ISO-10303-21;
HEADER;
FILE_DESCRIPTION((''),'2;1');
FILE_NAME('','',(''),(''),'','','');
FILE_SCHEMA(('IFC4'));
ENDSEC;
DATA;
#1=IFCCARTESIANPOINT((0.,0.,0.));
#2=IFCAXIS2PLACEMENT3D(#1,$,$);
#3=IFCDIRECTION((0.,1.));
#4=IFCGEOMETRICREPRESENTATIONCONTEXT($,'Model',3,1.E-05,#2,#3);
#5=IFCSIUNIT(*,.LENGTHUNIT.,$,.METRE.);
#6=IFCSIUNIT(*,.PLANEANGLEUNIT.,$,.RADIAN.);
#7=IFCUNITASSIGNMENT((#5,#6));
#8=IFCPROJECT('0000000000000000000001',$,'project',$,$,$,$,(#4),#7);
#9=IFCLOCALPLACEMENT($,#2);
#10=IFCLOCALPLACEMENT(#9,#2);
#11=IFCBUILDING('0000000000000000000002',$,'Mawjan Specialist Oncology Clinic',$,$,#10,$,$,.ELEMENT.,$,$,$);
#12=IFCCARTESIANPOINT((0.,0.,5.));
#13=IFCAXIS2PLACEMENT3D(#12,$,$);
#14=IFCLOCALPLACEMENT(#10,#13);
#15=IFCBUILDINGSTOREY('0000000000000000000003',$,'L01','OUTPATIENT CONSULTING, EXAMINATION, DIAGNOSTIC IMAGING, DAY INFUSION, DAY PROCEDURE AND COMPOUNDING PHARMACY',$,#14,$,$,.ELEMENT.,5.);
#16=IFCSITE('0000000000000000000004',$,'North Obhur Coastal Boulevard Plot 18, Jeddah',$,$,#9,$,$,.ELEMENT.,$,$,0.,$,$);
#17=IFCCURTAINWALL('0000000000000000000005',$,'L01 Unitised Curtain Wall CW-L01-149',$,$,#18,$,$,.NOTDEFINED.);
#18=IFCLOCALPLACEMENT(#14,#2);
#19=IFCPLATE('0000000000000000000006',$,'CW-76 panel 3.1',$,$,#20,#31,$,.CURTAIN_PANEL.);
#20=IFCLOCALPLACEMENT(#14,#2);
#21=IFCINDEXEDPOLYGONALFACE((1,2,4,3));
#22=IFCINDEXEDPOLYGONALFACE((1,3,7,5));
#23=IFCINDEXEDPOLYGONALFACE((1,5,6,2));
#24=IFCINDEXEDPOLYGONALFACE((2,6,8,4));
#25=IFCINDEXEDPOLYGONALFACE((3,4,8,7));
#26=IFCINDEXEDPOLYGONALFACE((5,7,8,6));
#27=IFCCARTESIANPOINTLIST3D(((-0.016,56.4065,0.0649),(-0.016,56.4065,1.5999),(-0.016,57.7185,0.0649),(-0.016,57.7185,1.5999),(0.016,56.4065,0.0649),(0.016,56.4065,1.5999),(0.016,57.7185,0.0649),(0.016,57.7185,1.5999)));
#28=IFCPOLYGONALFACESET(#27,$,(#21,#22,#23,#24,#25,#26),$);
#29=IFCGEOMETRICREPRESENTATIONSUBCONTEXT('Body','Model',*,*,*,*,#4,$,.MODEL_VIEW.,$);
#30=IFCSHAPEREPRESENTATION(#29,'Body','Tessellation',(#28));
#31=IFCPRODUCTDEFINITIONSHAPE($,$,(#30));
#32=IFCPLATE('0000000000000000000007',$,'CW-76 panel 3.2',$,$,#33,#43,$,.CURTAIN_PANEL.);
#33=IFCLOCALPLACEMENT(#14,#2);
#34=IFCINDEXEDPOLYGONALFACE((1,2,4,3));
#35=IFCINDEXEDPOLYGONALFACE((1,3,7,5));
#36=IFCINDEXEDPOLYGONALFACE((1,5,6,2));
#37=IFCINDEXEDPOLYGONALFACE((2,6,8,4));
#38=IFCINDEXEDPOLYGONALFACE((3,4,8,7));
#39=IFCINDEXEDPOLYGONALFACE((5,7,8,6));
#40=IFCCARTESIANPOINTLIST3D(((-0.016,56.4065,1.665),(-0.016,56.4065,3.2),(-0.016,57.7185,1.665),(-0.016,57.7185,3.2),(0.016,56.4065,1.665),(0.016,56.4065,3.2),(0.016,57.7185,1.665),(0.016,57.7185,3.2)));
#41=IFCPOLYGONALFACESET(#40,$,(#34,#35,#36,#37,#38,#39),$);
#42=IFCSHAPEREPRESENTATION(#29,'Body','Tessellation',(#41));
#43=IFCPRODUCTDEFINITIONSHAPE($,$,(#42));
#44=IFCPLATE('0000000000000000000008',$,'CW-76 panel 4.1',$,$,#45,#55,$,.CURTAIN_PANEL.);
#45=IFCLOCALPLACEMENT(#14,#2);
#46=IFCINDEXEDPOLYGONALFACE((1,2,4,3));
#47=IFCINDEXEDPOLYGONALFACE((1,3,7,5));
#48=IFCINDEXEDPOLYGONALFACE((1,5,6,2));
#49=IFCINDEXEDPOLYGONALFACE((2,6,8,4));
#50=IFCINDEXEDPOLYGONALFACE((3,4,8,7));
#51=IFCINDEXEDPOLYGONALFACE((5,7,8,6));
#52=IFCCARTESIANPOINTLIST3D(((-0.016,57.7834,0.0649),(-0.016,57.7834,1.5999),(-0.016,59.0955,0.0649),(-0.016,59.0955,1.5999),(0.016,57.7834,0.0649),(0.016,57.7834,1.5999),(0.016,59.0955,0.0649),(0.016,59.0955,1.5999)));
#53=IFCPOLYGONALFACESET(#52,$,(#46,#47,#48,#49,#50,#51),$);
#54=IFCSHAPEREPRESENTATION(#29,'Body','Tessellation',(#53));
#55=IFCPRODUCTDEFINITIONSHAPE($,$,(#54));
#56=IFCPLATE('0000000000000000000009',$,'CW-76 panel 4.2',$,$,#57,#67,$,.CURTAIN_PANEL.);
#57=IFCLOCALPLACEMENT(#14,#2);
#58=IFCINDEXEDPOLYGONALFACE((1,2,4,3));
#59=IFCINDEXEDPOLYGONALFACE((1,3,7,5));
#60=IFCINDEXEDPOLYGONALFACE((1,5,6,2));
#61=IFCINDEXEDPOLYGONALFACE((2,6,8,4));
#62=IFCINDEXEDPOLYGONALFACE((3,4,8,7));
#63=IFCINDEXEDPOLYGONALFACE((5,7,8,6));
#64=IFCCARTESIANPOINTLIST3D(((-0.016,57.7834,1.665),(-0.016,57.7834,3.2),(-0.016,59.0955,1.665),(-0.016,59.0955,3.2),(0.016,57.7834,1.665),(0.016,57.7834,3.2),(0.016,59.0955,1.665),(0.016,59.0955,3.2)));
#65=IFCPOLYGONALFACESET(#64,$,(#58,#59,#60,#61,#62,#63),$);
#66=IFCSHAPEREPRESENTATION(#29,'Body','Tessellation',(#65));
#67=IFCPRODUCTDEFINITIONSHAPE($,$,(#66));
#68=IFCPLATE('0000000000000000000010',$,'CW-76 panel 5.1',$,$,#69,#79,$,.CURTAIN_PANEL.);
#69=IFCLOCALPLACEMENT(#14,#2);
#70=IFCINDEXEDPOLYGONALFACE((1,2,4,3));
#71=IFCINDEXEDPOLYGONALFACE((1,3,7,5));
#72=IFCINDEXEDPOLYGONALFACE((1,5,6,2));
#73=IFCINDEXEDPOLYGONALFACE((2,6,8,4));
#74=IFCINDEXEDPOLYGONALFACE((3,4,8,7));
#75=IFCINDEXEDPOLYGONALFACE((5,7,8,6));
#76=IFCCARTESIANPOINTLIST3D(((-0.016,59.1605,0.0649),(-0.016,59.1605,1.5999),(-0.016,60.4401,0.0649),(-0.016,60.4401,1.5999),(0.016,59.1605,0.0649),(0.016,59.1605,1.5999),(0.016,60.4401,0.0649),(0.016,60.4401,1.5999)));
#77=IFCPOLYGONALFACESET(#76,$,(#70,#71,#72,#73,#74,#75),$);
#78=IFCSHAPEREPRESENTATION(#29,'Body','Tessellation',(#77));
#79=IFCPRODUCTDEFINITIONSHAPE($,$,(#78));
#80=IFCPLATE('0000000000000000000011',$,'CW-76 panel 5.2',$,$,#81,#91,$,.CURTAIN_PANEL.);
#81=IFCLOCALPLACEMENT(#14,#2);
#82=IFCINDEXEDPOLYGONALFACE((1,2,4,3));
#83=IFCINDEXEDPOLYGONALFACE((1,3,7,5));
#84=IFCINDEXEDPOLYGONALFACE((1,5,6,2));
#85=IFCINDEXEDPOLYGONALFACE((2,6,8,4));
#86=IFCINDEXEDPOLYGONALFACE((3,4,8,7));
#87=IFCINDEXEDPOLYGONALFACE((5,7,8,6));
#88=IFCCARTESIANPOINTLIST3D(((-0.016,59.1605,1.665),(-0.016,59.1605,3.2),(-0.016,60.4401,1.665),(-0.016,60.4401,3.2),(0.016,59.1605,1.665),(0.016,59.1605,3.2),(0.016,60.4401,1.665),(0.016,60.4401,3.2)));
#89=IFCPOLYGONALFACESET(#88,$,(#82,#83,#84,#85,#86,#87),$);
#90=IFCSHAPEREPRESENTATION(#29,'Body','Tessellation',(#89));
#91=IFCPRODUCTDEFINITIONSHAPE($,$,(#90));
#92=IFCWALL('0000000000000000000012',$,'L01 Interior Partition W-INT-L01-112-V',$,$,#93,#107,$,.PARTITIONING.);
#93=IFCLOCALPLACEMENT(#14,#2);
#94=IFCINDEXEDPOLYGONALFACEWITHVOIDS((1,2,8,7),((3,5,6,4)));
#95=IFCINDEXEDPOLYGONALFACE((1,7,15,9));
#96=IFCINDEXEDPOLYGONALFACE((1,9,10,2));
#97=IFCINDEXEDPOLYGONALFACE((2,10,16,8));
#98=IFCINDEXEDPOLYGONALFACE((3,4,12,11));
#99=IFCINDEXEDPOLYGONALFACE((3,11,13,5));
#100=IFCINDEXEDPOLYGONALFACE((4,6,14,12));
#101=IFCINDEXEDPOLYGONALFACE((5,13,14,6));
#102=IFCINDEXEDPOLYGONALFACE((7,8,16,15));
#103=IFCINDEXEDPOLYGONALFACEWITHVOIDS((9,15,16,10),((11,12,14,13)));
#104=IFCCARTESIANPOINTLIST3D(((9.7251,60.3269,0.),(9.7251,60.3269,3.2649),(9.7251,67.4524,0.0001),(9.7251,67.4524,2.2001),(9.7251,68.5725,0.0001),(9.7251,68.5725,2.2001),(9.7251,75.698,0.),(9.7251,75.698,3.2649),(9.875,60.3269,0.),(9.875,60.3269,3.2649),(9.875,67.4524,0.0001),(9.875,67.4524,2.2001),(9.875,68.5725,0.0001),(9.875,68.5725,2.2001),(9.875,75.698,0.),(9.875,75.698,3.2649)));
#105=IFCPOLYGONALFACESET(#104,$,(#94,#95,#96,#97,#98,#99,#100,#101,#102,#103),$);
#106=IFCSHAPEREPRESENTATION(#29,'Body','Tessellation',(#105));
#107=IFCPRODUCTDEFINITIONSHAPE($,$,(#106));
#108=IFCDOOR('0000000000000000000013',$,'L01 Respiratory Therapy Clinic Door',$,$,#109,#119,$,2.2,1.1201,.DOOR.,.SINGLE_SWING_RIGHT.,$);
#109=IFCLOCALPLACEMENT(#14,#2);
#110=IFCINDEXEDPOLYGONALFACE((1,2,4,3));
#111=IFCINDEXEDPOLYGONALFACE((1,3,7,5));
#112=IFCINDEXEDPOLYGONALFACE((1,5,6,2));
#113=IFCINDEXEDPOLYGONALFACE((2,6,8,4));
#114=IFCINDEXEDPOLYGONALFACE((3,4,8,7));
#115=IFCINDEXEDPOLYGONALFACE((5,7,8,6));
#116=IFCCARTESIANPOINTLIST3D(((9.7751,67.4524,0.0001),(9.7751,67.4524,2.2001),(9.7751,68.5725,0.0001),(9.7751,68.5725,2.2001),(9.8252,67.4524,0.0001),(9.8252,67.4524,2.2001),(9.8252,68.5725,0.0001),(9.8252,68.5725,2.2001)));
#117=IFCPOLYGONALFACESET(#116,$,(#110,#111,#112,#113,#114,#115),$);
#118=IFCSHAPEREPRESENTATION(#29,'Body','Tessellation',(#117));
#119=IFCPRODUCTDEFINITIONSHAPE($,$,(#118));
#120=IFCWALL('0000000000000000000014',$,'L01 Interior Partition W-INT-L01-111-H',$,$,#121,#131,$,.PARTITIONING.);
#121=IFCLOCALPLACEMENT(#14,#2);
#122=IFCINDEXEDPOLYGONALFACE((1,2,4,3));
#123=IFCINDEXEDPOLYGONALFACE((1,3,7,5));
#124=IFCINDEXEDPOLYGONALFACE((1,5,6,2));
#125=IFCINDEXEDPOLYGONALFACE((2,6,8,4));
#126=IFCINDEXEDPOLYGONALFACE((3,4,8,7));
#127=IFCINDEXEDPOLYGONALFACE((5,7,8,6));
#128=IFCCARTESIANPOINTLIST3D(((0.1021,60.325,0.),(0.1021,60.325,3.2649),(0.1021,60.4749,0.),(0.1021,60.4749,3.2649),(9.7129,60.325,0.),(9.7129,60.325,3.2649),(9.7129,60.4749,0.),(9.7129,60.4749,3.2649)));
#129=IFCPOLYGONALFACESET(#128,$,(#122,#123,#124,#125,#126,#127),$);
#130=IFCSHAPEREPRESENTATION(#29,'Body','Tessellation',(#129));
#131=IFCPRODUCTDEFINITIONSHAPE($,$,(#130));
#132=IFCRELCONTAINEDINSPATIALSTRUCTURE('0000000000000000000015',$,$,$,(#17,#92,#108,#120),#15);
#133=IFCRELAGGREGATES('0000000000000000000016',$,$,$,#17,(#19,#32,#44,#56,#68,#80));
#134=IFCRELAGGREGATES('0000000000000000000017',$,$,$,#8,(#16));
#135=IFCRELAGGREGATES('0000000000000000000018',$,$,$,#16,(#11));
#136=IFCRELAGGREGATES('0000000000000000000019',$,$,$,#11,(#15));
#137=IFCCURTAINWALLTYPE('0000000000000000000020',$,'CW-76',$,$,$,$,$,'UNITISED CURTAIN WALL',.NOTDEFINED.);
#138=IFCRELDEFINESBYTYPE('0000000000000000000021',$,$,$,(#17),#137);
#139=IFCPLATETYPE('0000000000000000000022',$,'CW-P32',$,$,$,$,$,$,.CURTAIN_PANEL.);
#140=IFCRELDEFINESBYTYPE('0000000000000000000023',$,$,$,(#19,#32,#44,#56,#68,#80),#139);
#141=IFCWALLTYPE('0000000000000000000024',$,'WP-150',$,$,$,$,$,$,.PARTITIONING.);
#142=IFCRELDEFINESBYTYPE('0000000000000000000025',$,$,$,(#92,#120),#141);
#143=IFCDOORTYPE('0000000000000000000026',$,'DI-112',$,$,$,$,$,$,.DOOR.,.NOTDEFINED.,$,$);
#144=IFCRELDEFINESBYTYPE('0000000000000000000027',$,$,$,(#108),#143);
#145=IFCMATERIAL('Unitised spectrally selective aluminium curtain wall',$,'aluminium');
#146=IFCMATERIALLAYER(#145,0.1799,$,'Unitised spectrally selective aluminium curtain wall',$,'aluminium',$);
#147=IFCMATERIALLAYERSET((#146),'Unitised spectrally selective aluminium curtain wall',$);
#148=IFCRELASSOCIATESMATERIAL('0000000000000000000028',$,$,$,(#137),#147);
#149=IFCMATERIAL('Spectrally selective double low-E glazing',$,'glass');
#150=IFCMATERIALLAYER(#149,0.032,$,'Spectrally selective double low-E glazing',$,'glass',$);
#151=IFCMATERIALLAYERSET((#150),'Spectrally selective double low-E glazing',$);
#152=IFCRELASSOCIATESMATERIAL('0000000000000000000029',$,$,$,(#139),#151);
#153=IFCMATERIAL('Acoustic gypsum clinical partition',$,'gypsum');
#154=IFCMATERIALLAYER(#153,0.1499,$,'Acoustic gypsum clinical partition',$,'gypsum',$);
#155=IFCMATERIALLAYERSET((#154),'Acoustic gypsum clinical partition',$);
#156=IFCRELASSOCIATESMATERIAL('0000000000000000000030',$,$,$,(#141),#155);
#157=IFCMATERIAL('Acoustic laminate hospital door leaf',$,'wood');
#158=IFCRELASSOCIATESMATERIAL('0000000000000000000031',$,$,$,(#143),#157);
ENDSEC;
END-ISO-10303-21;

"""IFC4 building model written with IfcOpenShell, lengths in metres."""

from ifc_helpers import new_model, si_unit, direction, frame, frame_2d, origin, origin_2d, place, context, subcontext, project, spatial, rectangle, extrude, material, layer, layer_set, type_object, element, fill, aggregate, save


model = new_model("IFC4")

# Units and contexts
model_context = context("Model", 3, precision=1e-05, world=origin(), true_north=direction((0.0, 1.0)))
body_context = subcontext(model_context, "Body", "Model", "MODEL_VIEW")
ifc_project = project(units=[si_unit("LENGTHUNIT", "METRE"), si_unit("PLANEANGLEUNIT", "RADIAN")], contexts=[model_context])

# Site, building, storey
site_placement = place(None, origin())
site = spatial("IfcSite", under=ifc_project, at=site_placement, Name="North Obhur Coastal Boulevard Plot 18, Jeddah", CompositionType="ELEMENT", RefElevation=0.0)
building_placement = place(site_placement, origin())
building = spatial("IfcBuilding", under=site, at=building_placement, Name="Mawjan Specialist Oncology Clinic", CompositionType="ELEMENT")
storey_placement = place(building_placement, frame((0.0, 0.0, 5.0)))
storey = spatial("IfcBuildingStorey", under=building, at=storey_placement, Name="L01", Description="OUTPATIENT CONSULTING, EXAMINATION, DIAGNOSTIC IMAGING, DAY INFUSION, DAY PROCEDURE AND COMPOUNDING PHARMACY", CompositionType="ELEMENT", Elevation=5.0)

# Curtain wall, plates
ifc_material_1 = material(Name="Unitised spectrally selective aluminium curtain wall", Category="aluminium")
ifc_layer_1 = layer(ifc_material_1, 0.1799, Name="Unitised spectrally selective aluminium curtain wall", Category="aluminium")
ifc_layer_set_1 = layer_set([ifc_layer_1], Name="Unitised spectrally selective aluminium curtain wall")
curtain_wall_type = type_object("IfcCurtainWallType", Name="CW-76", ElementType="UNITISED CURTAIN WALL", PredefinedType="NOTDEFINED", material=ifc_layer_set_1)
curtain_wall_placement = place(storey_placement, origin())
curtain_wall = element("IfcCurtainWall", 1, at=curtain_wall_placement, inside=storey, type_object=curtain_wall_type, Name="L01 Unitised Curtain Wall CW-L01-149", PredefinedType="NOTDEFINED")
ifc_material_2 = material(Name="Spectrally selective double low-E glazing", Category="glass")
ifc_layer_2 = layer(ifc_material_2, 0.032, Name="Spectrally selective double low-E glazing", Category="glass")
ifc_layer_set_2 = layer_set([ifc_layer_2], Name="Spectrally selective double low-E glazing")
plate_type = type_object("IfcPlateType", Name="CW-P32", PredefinedType="CURTAIN_PANEL", material=ifc_layer_set_2)
plate_1_placement = place(storey_placement, frame((0.0, 57.0625, 0.0649), z_axis=(0.0, 0.0, 1.0), x_axis=(0.0, 1.0, 0.0)))
plate_1 = element("IfcPlate", 2, at=plate_1_placement, type_object=plate_type, Name="CW-76 panel 3.1", PredefinedType="CURTAIN_PANEL", context=body_context, shape_type="SweptSolid", body=[
    extrude(rectangle(XDim=1.312, YDim=0.032, at=origin_2d()), origin(), (0.0, 0.0, 1.0), 1.5349),
])
plate_2_placement = place(storey_placement, frame((0.0, 57.0625, 1.665), z_axis=(0.0, 0.0, 1.0), x_axis=(0.0, 1.0, 0.0)))
plate_2 = element("IfcPlate", 3, at=plate_2_placement, type_object=plate_type, Name="CW-76 panel 3.2", PredefinedType="CURTAIN_PANEL", context=body_context, shape_type="SweptSolid", body=[
    extrude(rectangle(XDim=1.312, YDim=0.032, at=origin_2d()), origin(), (0.0, 0.0, 1.0), 1.5349),
])
plate_3_placement = place(storey_placement, frame((0.0, 58.4395, 0.0649), z_axis=(0.0, 0.0, 1.0), x_axis=(0.0, 1.0, 0.0)))
plate_3 = element("IfcPlate", 4, at=plate_3_placement, type_object=plate_type, Name="CW-76 panel 4.1", PredefinedType="CURTAIN_PANEL", context=body_context, shape_type="SweptSolid", body=[
    extrude(rectangle(XDim=1.312, YDim=0.032, at=origin_2d()), origin(), (0.0, 0.0, 1.0), 1.5349),
])
plate_4_placement = place(storey_placement, frame((0.0, 58.4395, 1.665), z_axis=(0.0, 0.0, 1.0), x_axis=(0.0, 1.0, 0.0)))
plate_4 = element("IfcPlate", 5, at=plate_4_placement, type_object=plate_type, Name="CW-76 panel 4.2", PredefinedType="CURTAIN_PANEL", context=body_context, shape_type="SweptSolid", body=[
    extrude(rectangle(XDim=1.312, YDim=0.032, at=origin_2d()), origin(), (0.0, 0.0, 1.0), 1.5349),
])
plate_5_placement = place(storey_placement, frame((0.0, 59.8003, 0.0649), z_axis=(0.0, 0.0, 1.0), x_axis=(0.0, 1.0, 0.0)))
plate_5 = element("IfcPlate", 6, at=plate_5_placement, type_object=plate_type, Name="CW-76 panel 5.1", PredefinedType="CURTAIN_PANEL", context=body_context, shape_type="SweptSolid", body=[
    extrude(rectangle(XDim=1.2795, YDim=0.032, at=origin_2d()), origin(), (0.0, 0.0, 1.0), 1.5349),
])
plate_6_placement = place(storey_placement, frame((0.0, 59.8003, 1.665), z_axis=(0.0, 0.0, 1.0), x_axis=(0.0, 1.0, 0.0)))
plate_6 = element("IfcPlate", 7, at=plate_6_placement, type_object=plate_type, Name="CW-76 panel 5.2", PredefinedType="CURTAIN_PANEL", context=body_context, shape_type="SweptSolid", body=[
    extrude(rectangle(XDim=1.2795, YDim=0.032, at=origin_2d()), origin(), (0.0, 0.0, 1.0), 1.5349),
])
aggregate(curtain_wall, [plate_1, plate_2, plate_3, plate_4, plate_5, plate_6])

# Wall, opening, door
ifc_material_3 = material(Name="Acoustic gypsum clinical partition", Category="gypsum")
ifc_layer_3 = layer(ifc_material_3, 0.1499, Name="Acoustic gypsum clinical partition", Category="gypsum")
ifc_layer_set_3 = layer_set([ifc_layer_3], Name="Acoustic gypsum clinical partition")
wall_type = type_object("IfcWallType", Name="WP-150", PredefinedType="PARTITIONING", material=ifc_layer_set_3)
wall_1_placement = place(storey_placement, frame((9.8, 60.3269, 0.0), z_axis=(0.0, 0.0, 1.0), x_axis=(0.0, 1.0, 0.0)))
wall_1 = element("IfcWall", 8, at=wall_1_placement, inside=storey, type_object=wall_type, Name="L01 Interior Partition W-INT-L01-112-V", PredefinedType="PARTITIONING", context=body_context, shape_type="SweptSolid", body=[
    extrude(rectangle(XDim=15.3711, YDim=0.1499, at=frame_2d((7.6855, 0.0))), origin(), (0.0, 0.0, 1.0), 3.2649),
])
opening_placement = place(wall_1_placement, frame((7.1255, 0.0, 0.0)))
opening = element("IfcOpeningElement", 9, at=opening_placement, cuts=wall_1, PredefinedType="OPENING", context=body_context, shape_type="SweptSolid", body=[
    extrude(rectangle(XDim=1.1201, YDim=2.2, at=frame_2d((0.5601, 1.1001))), frame((0.0, 0.0869, 0.0), z_axis=(0.0, -1.0, 0.0), x_axis=(1.0, 0.0, 0.0)), (0.0, 0.0, 1.0), 0.1738),
])
ifc_material_4 = material(Name="Acoustic laminate hospital door leaf", Category="wood")
door_type = type_object("IfcDoorType", Name="DI-112", OperationType="NOTDEFINED", PredefinedType="DOOR", material=ifc_material_4)
door_placement = place(opening_placement, origin())
door = element("IfcDoor", 10, at=door_placement, inside=storey, type_object=door_type, Name="L01 Respiratory Therapy Clinic Door", OperationType="SINGLE_SWING_RIGHT", OverallHeight=2.2, OverallWidth=1.1201, PredefinedType="DOOR", context=body_context, shape_type="SweptSolid", body=[
    extrude(rectangle(XDim=1.1201, YDim=2.2, at=frame_2d((0.5601, 1.1001))), frame((0.0, 0.0249, 0.0), z_axis=(0.0, -1.0, 0.0), x_axis=(1.0, 0.0, 0.0)), (0.0, 0.0, 1.0), 0.05),
])
fill(opening, door)

# Wall
wall_2_placement = place(storey_placement, frame((0.1021, 60.3999, 0.0), z_axis=(0.0, 0.0, 1.0), x_axis=(1.0, 0.0, 0.0)))
element("IfcWall", 11, at=wall_2_placement, inside=storey, type_object=wall_type, Name="L01 Interior Partition W-INT-L01-111-H", PredefinedType="PARTITIONING", context=body_context, shape_type="SweptSolid", body=[
    extrude(rectangle(XDim=9.6108, YDim=0.1499, at=frame_2d((4.8054, 0.0))), origin(), (0.0, 0.0, 1.0), 3.2649),
])

save(model, "model.ifc")
